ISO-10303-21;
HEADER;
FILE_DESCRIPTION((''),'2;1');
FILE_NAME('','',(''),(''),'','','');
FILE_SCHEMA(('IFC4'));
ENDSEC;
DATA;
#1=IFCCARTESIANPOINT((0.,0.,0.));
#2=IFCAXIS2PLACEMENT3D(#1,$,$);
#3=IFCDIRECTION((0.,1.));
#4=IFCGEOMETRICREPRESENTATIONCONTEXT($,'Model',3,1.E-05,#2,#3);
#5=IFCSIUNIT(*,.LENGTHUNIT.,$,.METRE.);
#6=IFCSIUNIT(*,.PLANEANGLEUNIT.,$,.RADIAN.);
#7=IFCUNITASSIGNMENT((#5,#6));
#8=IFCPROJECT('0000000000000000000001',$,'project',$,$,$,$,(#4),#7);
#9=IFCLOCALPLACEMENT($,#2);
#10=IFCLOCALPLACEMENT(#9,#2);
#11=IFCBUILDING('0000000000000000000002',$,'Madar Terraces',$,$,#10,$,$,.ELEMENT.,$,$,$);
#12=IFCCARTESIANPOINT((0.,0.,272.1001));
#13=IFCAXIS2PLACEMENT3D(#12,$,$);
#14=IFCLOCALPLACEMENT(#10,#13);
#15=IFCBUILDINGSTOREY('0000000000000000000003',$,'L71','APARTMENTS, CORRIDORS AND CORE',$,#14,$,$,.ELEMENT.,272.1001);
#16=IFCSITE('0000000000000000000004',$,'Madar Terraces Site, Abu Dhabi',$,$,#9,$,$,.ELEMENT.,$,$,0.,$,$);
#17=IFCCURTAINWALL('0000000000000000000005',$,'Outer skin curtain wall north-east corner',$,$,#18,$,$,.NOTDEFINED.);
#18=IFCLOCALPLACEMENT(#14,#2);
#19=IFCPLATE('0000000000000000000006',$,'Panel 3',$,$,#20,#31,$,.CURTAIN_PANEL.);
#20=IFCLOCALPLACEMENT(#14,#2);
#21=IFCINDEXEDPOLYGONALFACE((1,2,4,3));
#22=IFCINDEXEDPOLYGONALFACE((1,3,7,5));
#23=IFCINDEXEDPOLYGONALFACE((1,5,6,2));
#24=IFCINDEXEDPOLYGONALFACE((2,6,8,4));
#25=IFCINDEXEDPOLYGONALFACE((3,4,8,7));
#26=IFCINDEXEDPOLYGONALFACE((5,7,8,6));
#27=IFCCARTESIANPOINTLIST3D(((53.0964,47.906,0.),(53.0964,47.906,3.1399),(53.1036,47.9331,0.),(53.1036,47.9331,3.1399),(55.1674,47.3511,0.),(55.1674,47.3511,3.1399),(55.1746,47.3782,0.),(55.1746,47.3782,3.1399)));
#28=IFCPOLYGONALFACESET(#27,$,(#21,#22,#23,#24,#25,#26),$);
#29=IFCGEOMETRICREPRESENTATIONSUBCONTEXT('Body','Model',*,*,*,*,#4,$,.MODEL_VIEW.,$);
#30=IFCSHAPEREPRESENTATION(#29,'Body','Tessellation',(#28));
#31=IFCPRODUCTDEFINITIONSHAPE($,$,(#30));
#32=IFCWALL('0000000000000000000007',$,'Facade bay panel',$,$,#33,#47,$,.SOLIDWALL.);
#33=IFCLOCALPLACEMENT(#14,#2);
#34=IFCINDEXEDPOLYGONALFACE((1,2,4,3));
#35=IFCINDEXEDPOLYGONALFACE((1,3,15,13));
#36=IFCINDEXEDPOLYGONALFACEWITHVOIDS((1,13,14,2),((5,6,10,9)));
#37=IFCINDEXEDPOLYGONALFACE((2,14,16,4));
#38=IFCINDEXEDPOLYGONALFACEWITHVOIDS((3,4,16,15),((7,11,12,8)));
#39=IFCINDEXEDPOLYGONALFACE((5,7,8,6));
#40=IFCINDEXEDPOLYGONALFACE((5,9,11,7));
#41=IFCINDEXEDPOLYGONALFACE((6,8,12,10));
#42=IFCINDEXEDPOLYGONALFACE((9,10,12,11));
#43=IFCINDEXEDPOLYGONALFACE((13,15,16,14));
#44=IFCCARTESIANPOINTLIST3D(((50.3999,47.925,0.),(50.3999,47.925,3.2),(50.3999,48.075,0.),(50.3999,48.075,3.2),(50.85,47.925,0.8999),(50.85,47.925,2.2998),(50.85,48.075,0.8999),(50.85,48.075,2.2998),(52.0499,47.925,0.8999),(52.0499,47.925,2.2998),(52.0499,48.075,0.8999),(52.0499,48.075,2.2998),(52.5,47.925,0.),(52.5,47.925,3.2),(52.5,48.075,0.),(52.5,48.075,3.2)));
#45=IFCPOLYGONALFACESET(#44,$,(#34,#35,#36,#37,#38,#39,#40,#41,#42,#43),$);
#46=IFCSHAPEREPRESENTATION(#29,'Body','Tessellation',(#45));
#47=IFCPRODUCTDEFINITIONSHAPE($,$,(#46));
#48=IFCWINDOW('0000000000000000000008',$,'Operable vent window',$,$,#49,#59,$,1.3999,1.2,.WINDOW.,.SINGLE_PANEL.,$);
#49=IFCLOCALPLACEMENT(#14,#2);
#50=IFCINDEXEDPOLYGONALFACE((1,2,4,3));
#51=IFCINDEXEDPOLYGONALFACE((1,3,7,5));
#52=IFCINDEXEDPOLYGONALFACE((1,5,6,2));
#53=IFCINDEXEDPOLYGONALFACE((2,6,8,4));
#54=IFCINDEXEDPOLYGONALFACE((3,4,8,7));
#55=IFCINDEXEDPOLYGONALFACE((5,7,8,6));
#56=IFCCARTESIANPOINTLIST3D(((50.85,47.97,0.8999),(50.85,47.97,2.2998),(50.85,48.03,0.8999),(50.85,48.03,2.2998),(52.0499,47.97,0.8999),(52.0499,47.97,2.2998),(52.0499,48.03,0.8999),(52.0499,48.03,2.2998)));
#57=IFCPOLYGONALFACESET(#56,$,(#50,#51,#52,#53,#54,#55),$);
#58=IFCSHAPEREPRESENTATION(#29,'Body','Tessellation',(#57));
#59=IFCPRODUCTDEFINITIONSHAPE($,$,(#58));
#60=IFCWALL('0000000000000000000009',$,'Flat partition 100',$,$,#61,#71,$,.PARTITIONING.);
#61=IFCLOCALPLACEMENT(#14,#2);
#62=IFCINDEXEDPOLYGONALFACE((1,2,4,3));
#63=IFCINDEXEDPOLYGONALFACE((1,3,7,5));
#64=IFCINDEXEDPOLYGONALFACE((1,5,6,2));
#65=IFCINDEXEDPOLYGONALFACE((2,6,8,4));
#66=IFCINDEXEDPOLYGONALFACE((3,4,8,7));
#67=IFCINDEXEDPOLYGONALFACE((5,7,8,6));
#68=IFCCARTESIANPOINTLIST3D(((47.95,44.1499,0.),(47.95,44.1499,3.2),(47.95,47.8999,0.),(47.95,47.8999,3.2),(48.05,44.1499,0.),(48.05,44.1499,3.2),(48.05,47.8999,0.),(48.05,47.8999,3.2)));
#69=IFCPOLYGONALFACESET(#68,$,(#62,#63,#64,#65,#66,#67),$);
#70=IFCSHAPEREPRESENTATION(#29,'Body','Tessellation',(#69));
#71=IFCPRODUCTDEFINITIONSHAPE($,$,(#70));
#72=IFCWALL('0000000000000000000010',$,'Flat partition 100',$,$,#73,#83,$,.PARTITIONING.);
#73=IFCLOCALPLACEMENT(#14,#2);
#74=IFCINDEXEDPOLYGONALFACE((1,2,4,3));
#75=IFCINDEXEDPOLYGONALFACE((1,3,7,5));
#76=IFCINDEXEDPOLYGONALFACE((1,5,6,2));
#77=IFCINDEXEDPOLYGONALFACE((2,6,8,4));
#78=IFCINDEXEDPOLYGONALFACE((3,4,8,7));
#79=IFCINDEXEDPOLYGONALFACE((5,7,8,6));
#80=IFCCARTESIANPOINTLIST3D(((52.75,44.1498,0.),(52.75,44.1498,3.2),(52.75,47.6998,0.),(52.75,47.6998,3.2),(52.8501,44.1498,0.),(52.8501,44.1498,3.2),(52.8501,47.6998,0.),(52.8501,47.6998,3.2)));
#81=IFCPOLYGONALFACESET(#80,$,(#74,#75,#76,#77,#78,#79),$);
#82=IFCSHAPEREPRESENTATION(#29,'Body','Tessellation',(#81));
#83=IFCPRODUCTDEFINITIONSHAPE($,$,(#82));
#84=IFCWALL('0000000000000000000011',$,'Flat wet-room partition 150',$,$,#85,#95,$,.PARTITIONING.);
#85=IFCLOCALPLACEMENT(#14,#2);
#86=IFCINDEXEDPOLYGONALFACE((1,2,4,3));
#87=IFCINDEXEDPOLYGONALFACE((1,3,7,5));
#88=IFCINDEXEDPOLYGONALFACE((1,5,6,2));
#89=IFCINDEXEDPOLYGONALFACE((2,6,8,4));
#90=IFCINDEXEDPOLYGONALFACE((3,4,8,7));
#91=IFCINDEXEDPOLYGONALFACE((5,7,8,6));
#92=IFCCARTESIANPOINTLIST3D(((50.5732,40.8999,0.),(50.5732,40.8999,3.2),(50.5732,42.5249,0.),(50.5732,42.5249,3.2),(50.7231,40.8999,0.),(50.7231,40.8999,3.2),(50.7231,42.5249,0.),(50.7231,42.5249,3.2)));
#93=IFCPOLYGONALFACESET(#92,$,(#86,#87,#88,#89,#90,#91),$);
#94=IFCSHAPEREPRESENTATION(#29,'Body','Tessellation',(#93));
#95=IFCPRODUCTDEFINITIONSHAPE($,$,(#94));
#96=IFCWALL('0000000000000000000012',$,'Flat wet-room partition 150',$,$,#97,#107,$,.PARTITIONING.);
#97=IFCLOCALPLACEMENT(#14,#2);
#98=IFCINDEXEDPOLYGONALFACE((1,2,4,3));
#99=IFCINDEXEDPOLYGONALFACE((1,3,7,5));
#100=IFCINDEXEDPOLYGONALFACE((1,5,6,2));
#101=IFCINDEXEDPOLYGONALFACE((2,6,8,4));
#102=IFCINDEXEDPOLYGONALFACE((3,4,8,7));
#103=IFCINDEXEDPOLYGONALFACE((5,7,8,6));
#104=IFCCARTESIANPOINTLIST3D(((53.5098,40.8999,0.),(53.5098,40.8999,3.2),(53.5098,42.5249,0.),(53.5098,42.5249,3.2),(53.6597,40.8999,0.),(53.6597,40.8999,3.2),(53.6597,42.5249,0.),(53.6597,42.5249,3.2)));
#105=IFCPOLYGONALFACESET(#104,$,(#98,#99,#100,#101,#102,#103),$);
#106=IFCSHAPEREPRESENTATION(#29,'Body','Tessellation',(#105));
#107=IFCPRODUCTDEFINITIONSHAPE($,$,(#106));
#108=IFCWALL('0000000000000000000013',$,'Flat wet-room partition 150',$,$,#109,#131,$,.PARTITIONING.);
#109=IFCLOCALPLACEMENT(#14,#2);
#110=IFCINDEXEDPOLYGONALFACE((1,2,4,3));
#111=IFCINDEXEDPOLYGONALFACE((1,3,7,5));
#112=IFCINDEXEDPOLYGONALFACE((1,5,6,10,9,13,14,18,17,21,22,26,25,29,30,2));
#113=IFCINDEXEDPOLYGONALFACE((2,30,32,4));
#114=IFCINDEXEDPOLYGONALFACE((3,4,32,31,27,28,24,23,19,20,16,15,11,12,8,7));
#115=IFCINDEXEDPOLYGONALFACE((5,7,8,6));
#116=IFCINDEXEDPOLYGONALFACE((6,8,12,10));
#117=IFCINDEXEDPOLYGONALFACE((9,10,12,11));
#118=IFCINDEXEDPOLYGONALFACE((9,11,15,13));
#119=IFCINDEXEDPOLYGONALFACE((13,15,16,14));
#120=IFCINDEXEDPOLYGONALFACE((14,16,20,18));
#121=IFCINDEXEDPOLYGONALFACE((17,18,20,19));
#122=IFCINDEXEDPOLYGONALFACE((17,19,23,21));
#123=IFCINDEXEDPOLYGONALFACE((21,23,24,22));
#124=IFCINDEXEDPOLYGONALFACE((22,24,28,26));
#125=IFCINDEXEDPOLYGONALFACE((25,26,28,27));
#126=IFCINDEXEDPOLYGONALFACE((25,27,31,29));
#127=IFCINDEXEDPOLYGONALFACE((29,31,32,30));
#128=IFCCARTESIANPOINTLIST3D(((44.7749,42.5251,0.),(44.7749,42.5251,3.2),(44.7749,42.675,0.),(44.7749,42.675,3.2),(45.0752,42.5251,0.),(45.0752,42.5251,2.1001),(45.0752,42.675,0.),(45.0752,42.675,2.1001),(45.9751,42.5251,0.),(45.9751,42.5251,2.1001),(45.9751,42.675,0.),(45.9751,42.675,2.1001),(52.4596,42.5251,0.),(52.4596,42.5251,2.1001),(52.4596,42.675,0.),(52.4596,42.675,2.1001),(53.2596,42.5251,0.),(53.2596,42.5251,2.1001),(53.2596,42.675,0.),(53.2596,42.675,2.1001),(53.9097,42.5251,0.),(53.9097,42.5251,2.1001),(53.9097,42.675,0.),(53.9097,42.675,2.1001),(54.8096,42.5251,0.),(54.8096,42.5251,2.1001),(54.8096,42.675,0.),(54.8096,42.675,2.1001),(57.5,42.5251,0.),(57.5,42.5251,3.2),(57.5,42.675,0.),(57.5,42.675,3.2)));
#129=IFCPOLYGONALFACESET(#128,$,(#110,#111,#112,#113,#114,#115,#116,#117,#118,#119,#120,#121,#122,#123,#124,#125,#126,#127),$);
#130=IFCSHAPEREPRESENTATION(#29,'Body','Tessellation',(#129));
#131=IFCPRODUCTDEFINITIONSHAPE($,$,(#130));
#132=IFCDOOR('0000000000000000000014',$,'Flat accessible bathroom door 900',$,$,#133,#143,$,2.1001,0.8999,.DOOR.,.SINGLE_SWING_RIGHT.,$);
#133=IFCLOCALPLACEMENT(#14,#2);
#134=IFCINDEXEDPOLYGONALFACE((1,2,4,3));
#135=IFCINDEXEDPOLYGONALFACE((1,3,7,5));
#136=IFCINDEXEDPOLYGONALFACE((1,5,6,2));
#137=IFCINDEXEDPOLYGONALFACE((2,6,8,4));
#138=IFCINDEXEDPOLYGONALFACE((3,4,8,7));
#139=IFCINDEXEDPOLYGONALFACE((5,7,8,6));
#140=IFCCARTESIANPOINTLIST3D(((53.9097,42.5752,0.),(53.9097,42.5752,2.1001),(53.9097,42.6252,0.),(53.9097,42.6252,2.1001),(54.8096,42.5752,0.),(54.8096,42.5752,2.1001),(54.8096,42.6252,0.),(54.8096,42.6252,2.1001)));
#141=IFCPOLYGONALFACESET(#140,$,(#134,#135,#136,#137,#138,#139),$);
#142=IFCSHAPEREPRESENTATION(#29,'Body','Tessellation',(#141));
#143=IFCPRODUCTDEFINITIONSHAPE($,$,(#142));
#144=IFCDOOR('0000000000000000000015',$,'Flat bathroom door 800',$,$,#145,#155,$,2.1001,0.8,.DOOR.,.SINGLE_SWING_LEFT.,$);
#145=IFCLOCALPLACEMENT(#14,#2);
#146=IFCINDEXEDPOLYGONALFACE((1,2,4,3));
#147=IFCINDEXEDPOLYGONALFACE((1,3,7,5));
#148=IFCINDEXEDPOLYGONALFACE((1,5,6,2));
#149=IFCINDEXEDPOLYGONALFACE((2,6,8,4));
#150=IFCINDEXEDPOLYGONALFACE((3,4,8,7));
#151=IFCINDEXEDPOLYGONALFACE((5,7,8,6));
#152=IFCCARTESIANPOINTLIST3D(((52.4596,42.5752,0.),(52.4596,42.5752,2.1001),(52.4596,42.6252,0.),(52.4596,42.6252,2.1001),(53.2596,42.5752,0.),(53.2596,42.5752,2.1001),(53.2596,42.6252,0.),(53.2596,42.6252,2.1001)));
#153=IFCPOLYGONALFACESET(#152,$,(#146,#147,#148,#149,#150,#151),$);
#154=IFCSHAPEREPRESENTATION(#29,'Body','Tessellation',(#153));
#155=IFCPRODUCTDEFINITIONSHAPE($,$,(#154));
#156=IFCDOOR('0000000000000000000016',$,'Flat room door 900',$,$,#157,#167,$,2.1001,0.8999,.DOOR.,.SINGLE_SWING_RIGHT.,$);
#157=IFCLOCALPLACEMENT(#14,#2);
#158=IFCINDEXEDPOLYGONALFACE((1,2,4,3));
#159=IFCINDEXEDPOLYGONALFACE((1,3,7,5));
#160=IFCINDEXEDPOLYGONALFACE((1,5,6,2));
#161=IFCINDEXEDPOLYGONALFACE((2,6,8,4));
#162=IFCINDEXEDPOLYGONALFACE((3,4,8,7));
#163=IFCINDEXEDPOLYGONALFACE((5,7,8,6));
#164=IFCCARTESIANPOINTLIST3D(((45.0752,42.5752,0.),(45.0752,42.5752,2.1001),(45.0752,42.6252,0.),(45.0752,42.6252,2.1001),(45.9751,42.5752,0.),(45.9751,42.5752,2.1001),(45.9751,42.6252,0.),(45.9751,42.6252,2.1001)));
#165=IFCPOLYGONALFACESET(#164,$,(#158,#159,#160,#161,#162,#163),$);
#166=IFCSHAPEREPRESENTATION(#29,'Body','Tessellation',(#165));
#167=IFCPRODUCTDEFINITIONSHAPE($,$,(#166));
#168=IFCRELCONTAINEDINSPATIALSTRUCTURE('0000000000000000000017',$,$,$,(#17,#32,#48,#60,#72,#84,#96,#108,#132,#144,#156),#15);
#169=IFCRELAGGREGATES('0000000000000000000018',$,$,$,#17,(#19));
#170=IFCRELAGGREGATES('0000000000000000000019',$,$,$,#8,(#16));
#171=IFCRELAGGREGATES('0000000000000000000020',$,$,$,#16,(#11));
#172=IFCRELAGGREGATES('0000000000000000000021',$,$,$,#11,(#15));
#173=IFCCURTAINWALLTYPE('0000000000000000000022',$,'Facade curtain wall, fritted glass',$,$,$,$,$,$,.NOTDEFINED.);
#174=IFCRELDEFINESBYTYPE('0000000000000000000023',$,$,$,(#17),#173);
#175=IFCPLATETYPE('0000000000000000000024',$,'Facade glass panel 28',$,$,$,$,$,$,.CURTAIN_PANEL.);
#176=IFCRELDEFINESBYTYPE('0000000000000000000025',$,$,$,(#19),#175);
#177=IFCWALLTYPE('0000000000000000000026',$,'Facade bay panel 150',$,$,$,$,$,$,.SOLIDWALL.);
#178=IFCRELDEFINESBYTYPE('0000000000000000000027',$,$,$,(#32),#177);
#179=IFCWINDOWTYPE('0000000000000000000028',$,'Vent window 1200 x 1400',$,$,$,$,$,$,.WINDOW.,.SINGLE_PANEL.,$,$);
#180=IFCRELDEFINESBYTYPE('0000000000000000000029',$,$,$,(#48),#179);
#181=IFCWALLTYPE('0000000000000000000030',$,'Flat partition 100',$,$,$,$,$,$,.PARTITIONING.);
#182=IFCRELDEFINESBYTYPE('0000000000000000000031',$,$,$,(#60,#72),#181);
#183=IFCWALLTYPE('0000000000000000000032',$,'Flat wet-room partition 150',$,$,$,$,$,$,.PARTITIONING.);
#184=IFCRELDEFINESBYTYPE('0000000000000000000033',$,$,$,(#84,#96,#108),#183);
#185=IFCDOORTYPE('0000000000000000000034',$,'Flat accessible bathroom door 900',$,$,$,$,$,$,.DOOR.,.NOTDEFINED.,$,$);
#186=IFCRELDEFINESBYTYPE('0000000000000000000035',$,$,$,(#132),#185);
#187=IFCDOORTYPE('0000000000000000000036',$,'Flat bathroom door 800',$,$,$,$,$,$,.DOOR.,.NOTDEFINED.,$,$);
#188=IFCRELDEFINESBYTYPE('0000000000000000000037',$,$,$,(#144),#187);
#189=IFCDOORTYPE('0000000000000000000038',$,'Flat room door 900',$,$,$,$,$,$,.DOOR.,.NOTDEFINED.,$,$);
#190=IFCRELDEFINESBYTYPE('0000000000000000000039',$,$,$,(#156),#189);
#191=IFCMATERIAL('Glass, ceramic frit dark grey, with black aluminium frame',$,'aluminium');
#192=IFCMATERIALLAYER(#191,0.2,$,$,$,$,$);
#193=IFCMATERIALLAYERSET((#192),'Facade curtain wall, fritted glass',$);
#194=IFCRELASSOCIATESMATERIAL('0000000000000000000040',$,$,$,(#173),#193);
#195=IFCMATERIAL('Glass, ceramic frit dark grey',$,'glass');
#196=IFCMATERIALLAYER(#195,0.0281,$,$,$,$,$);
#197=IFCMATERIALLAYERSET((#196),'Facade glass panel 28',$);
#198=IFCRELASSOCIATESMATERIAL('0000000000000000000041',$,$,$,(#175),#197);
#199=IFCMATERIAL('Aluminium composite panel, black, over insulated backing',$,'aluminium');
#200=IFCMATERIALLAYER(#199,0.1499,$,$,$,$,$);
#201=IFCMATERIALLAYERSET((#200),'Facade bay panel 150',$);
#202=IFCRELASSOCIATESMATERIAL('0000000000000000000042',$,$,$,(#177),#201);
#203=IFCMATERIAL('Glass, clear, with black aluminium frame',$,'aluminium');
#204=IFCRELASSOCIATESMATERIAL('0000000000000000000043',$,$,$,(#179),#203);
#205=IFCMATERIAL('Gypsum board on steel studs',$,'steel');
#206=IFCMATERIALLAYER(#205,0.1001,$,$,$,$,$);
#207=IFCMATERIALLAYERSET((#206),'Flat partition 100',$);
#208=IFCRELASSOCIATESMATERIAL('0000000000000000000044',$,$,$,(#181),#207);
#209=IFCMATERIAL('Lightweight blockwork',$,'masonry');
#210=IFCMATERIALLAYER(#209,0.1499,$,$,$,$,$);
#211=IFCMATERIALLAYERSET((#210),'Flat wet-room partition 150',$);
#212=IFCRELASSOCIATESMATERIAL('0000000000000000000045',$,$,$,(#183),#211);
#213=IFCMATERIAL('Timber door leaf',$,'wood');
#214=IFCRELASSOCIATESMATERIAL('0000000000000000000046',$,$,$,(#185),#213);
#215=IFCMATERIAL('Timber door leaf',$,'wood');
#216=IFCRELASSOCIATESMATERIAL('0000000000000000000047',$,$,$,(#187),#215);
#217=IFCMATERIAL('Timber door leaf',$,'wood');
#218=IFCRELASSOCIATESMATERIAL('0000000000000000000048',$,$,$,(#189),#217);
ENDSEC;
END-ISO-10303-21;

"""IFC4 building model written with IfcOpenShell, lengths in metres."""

from ifc_helpers import new_model, si_unit, direction, frame, frame_2d, origin, origin_2d, place, context, subcontext, project, spatial, rectangle, extrude, material, layer, layer_set, type_object, element, fill, aggregate, save


model = new_model("IFC4")

# Units and contexts
model_context = context("Model", 3, precision=1e-05, world=origin(), true_north=direction((0.0, 1.0)))
body_context = subcontext(model_context, "Body", "Model", "MODEL_VIEW")
ifc_project = project(units=[si_unit("LENGTHUNIT", "METRE"), si_unit("PLANEANGLEUNIT", "RADIAN")], contexts=[model_context])

# Site, building, storey
site_placement = place(None, origin())
site = spatial("IfcSite", under=ifc_project, at=site_placement, Name="Madar Terraces Site, Abu Dhabi", CompositionType="ELEMENT", RefElevation=0.0)
building_placement = place(site_placement, origin())
building = spatial("IfcBuilding", under=site, at=building_placement, Name="Madar Terraces", CompositionType="ELEMENT")
storey_placement = place(building_placement, frame((0.0, 0.0, 272.1001)))
storey = spatial("IfcBuildingStorey", under=building, at=storey_placement, Name="L71", Description="APARTMENTS, CORRIDORS AND CORE", CompositionType="ELEMENT", Elevation=272.1001)

# Shared definitions
ifc_material_1 = material(Name="Glass, ceramic frit dark grey, with black aluminium frame", Category="aluminium")
ifc_layer_1 = layer(ifc_material_1, 0.2)
ifc_layer_set_1 = layer_set([ifc_layer_1], Name="Facade curtain wall, fritted glass")
curtain_wall_type = type_object("IfcCurtainWallType", Name="Facade curtain wall, fritted glass", PredefinedType="NOTDEFINED", material=ifc_layer_set_1)

# Curtain wall
curtain_wall_1_placement = place(storey_placement, origin())
curtain_wall_1 = element("IfcCurtainWall", 1, at=curtain_wall_1_placement, inside=storey, type_object=curtain_wall_type, Name="Outer skin curtain wall north-east corner", PredefinedType="NOTDEFINED")

# Shared definitions
ifc_material_2 = material(Name="Glass, ceramic frit dark grey", Category="glass")
ifc_layer_2 = layer(ifc_material_2, 0.0281)
ifc_layer_set_2 = layer_set([ifc_layer_2], Name="Facade glass panel 28")
plate_type = type_object("IfcPlateType", Name="Facade glass panel 28", PredefinedType="CURTAIN_PANEL", material=ifc_layer_set_2)

# Plate
plate_1_placement = place(storey_placement, frame((54.1355, 47.6421, 0.0), z_axis=(0.0, 0.0, 1.0), x_axis=(-0.965926, 0.258819, 0.0)))
plate_1 = element("IfcPlate", 2, at=plate_1_placement, type_object=plate_type, Name="Panel 3", PredefinedType="CURTAIN_PANEL", context=body_context, shape_type="SweptSolid", body=[
    extrude(rectangle(XDim=2.144, YDim=0.0281, at=origin_2d()), origin(), (0.0, 0.0, 1.0), 3.1399),
])
aggregate(curtain_wall_1, [plate_1])

# Wall, opening, window
ifc_material_3 = material(Name="Aluminium composite panel, black, over insulated backing", Category="aluminium")
ifc_layer_3 = layer(ifc_material_3, 0.1499)
ifc_layer_set_3 = layer_set([ifc_layer_3], Name="Facade bay panel 150")
wall_type_1 = type_object("IfcWallType", Name="Facade bay panel 150", PredefinedType="SOLIDWALL", material=ifc_layer_set_3)
wall_1_placement = place(storey_placement, frame((52.5, 48.0, 0.0), z_axis=(0.0, 0.0, 1.0), x_axis=(-1.0, 0.0, 0.0)))
wall_1 = element("IfcWall", 3, at=wall_1_placement, inside=storey, type_object=wall_type_1, Name="Facade bay panel", PredefinedType="SOLIDWALL", context=body_context, shape_type="SweptSolid", body=[
    extrude(rectangle(XDim=2.1001, YDim=0.1499, at=frame_2d((1.05, 0.0))), origin(), (0.0, 0.0, 1.0), 3.2),
])
opening_1_placement = place(wall_1_placement, frame((0.45, 0.0, 0.8999)))
opening_1 = element("IfcOpeningElement", 4, at=opening_1_placement, cuts=wall_1, PredefinedType="OPENING", context=body_context, shape_type="SweptSolid", body=[
    extrude(rectangle(XDim=1.2, YDim=1.3999, at=frame_2d((0.6001, 0.7))), frame((0.0, 0.085, 0.0), z_axis=(0.0, -1.0, 0.0), x_axis=(1.0, 0.0, 0.0)), (0.0, 0.0, 1.0), 0.1699),
])
ifc_material_4 = material(Name="Glass, clear, with black aluminium frame", Category="aluminium")
window_type = type_object("IfcWindowType", Name="Vent window 1200 x 1400", PartitioningType="SINGLE_PANEL", PredefinedType="WINDOW", material=ifc_material_4)
window_placement = place(opening_1_placement, origin())
window = element("IfcWindow", 5, at=window_placement, inside=storey, type_object=window_type, Name="Operable vent window", OverallHeight=1.3999, OverallWidth=1.2, PartitioningType="SINGLE_PANEL", PredefinedType="WINDOW", context=body_context, shape_type="SweptSolid", body=[
    extrude(rectangle(XDim=1.2, YDim=1.3999, at=frame_2d((0.6001, 0.7))), frame((0.0, 0.03, 0.0), z_axis=(0.0, -1.0, 0.0), x_axis=(1.0, 0.0, 0.0)), (0.0, 0.0, 1.0), 0.0601),
])
fill(opening_1, window)

# Walls
ifc_material_5 = material(Name="Gypsum board on steel studs", Category="steel")
ifc_layer_4 = layer(ifc_material_5, 0.1001)
ifc_layer_set_4 = layer_set([ifc_layer_4], Name="Flat partition 100")
wall_type_2 = type_object("IfcWallType", Name="Flat partition 100", PredefinedType="PARTITIONING", material=ifc_layer_set_4)
wall_2_placement = place(storey_placement, frame((48.0, 44.1499, 0.0), z_axis=(0.0, 0.0, 1.0), x_axis=(0.0, 1.0, 0.0)))
element("IfcWall", 6, at=wall_2_placement, inside=storey, type_object=wall_type_2, Name="Flat partition 100", PredefinedType="PARTITIONING", context=body_context, shape_type="SweptSolid", body=[
    extrude(rectangle(XDim=3.75, YDim=0.1001, at=frame_2d((1.875, 0.0))), origin(), (0.0, 0.0, 1.0), 3.2),
])
wall_3_placement = place(storey_placement, frame((52.8, 44.1499, 0.0), z_axis=(0.0, 0.0, 1.0), x_axis=(0.0, 1.0, 0.0)))
element("IfcWall", 7, at=wall_3_placement, inside=storey, type_object=wall_type_2, Name="Flat partition 100", PredefinedType="PARTITIONING", context=body_context, shape_type="SweptSolid", body=[
    extrude(rectangle(XDim=3.55, YDim=0.1001, at=frame_2d((1.7749, 0.0))), origin(), (0.0, 0.0, 1.0), 3.2),
])
ifc_material_6 = material(Name="Lightweight blockwork", Category="masonry")
ifc_layer_5 = layer(ifc_material_6, 0.1499)
ifc_layer_set_5 = layer_set([ifc_layer_5], Name="Flat wet-room partition 150")
wall_type_3 = type_object("IfcWallType", Name="Flat wet-room partition 150", PredefinedType="PARTITIONING", material=ifc_layer_set_5)
for number, where, z_axis, x_axis, name in (
    (8, (50.6482, 40.8999, 0.0), (0.0, 0.0, 1.0), (0.0, 1.0, 0.0), "Flat wet-room partition 150"),
    (9, (53.5847, 40.8999, 0.0), (0.0, 0.0, 1.0), (0.0, 1.0, 0.0), "Flat wet-room partition 150"),
):
    element("IfcWall", number, at=place(storey_placement, frame(where, z_axis=z_axis, x_axis=x_axis)), inside=storey, type_object=wall_type_3, Name=name, PredefinedType="PARTITIONING", context=body_context, shape_type="SweptSolid", body=[
        extrude(rectangle(XDim=1.625, YDim=0.1499, at=frame_2d((0.8125, 0.0))), origin(), (0.0, 0.0, 1.0), 3.2),
    ])

# Wall, openings, doors
wall_4_placement = place(storey_placement, frame((57.5, 42.6001, 0.0), z_axis=(0.0, 0.0, 1.0), x_axis=(-1.0, 0.0, 0.0)))
wall_4 = element("IfcWall", 10, at=wall_4_placement, inside=storey, type_object=wall_type_3, Name="Flat wet-room partition 150", PredefinedType="PARTITIONING", context=body_context, shape_type="SweptSolid", body=[
    extrude(rectangle(XDim=12.7251, YDim=0.1499, at=frame_2d((6.3625, 0.0))), origin(), (0.0, 0.0, 1.0), 3.2),
])
opening_2_placement = place(wall_4_placement, frame((11.5249, 0.0, 0.0)))
opening_2 = element("IfcOpeningElement", 11, at=opening_2_placement, cuts=wall_4, PredefinedType="OPENING", context=body_context, shape_type="SweptSolid", body=[
    extrude(rectangle(XDim=0.8999, YDim=2.1001, at=frame_2d((0.45, 1.05))), frame((0.0, 0.085, 0.0), z_axis=(0.0, -1.0, 0.0), x_axis=(1.0, 0.0, 0.0)), (0.0, 0.0, 1.0), 0.1699),
])
opening_3_placement = place(wall_4_placement, frame((4.2405, 0.0, 0.0)))
opening_3 = element("IfcOpeningElement", 12, at=opening_3_placement, cuts=wall_4, PredefinedType="OPENING", context=body_context, shape_type="SweptSolid", body=[
    extrude(rectangle(XDim=0.8, YDim=2.1001, at=frame_2d((0.3999, 1.05))), frame((0.0, 0.085, 0.0), z_axis=(0.0, -1.0, 0.0), x_axis=(1.0, 0.0, 0.0)), (0.0, 0.0, 1.0), 0.1699),
])
opening_4_placement = place(wall_4_placement, frame((2.6904, 0.0, 0.0)))
opening_4 = element("IfcOpeningElement", 13, at=opening_4_placement, cuts=wall_4, PredefinedType="OPENING", context=body_context, shape_type="SweptSolid", body=[
    extrude(rectangle(XDim=0.8999, YDim=2.1001, at=frame_2d((0.45, 1.05))), frame((0.0, 0.085, 0.0), z_axis=(0.0, -1.0, 0.0), x_axis=(1.0, 0.0, 0.0)), (0.0, 0.0, 1.0), 0.1699),
])
ifc_material_7 = material(Name="Timber door leaf", Category="wood")
door_type_1 = type_object("IfcDoorType", Name="Flat accessible bathroom door 900", OperationType="NOTDEFINED", PredefinedType="DOOR", material=ifc_material_7)
door_1_placement = place(opening_4_placement, origin())
door_1 = element("IfcDoor", 14, at=door_1_placement, inside=storey, type_object=door_type_1, Name="Flat accessible bathroom door 900", OperationType="SINGLE_SWING_RIGHT", OverallHeight=2.1001, OverallWidth=0.8999, PredefinedType="DOOR", context=body_context, shape_type="SweptSolid", body=[
    extrude(rectangle(XDim=0.8999, YDim=2.1001, at=frame_2d((0.45, 1.05))), frame((0.0, 0.0249, 0.0), z_axis=(0.0, -1.0, 0.0), x_axis=(1.0, 0.0, 0.0)), (0.0, 0.0, 1.0), 0.05),
])
fill(opening_4, door_1)
ifc_material_8 = material(Name="Timber door leaf", Category="wood")
door_type_2 = type_object("IfcDoorType", Name="Flat bathroom door 800", OperationType="NOTDEFINED", PredefinedType="DOOR", material=ifc_material_8)
door_2_placement = place(opening_3_placement, origin())
door_2 = element("IfcDoor", 15, at=door_2_placement, inside=storey, type_object=door_type_2, Name="Flat bathroom door 800", OperationType="SINGLE_SWING_LEFT", OverallHeight=2.1001, OverallWidth=0.8, PredefinedType="DOOR", context=body_context, shape_type="SweptSolid", body=[
    extrude(rectangle(XDim=0.8, YDim=2.1001, at=frame_2d((0.3999, 1.05))), frame((0.0, 0.0249, 0.0), z_axis=(0.0, -1.0, 0.0), x_axis=(1.0, 0.0, 0.0)), (0.0, 0.0, 1.0), 0.05),
])
fill(opening_3, door_2)
ifc_material_9 = material(Name="Timber door leaf", Category="wood")
door_type_3 = type_object("IfcDoorType", Name="Flat room door 900", OperationType="NOTDEFINED", PredefinedType="DOOR", material=ifc_material_9)
door_3_placement = place(opening_2_placement, origin())
door_3 = element("IfcDoor", 16, at=door_3_placement, inside=storey, type_object=door_type_3, Name="Flat room door 900", OperationType="SINGLE_SWING_RIGHT", OverallHeight=2.1001, OverallWidth=0.8999, PredefinedType="DOOR", context=body_context, shape_type="SweptSolid", body=[
    extrude(rectangle(XDim=0.8999, YDim=2.1001, at=frame_2d((0.45, 1.05))), frame((0.0, 0.0249, 0.0), z_axis=(0.0, -1.0, 0.0), x_axis=(1.0, 0.0, 0.0)), (0.0, 0.0, 1.0), 0.05),
])
fill(opening_2, door_3)

save(model, "model.ifc")
